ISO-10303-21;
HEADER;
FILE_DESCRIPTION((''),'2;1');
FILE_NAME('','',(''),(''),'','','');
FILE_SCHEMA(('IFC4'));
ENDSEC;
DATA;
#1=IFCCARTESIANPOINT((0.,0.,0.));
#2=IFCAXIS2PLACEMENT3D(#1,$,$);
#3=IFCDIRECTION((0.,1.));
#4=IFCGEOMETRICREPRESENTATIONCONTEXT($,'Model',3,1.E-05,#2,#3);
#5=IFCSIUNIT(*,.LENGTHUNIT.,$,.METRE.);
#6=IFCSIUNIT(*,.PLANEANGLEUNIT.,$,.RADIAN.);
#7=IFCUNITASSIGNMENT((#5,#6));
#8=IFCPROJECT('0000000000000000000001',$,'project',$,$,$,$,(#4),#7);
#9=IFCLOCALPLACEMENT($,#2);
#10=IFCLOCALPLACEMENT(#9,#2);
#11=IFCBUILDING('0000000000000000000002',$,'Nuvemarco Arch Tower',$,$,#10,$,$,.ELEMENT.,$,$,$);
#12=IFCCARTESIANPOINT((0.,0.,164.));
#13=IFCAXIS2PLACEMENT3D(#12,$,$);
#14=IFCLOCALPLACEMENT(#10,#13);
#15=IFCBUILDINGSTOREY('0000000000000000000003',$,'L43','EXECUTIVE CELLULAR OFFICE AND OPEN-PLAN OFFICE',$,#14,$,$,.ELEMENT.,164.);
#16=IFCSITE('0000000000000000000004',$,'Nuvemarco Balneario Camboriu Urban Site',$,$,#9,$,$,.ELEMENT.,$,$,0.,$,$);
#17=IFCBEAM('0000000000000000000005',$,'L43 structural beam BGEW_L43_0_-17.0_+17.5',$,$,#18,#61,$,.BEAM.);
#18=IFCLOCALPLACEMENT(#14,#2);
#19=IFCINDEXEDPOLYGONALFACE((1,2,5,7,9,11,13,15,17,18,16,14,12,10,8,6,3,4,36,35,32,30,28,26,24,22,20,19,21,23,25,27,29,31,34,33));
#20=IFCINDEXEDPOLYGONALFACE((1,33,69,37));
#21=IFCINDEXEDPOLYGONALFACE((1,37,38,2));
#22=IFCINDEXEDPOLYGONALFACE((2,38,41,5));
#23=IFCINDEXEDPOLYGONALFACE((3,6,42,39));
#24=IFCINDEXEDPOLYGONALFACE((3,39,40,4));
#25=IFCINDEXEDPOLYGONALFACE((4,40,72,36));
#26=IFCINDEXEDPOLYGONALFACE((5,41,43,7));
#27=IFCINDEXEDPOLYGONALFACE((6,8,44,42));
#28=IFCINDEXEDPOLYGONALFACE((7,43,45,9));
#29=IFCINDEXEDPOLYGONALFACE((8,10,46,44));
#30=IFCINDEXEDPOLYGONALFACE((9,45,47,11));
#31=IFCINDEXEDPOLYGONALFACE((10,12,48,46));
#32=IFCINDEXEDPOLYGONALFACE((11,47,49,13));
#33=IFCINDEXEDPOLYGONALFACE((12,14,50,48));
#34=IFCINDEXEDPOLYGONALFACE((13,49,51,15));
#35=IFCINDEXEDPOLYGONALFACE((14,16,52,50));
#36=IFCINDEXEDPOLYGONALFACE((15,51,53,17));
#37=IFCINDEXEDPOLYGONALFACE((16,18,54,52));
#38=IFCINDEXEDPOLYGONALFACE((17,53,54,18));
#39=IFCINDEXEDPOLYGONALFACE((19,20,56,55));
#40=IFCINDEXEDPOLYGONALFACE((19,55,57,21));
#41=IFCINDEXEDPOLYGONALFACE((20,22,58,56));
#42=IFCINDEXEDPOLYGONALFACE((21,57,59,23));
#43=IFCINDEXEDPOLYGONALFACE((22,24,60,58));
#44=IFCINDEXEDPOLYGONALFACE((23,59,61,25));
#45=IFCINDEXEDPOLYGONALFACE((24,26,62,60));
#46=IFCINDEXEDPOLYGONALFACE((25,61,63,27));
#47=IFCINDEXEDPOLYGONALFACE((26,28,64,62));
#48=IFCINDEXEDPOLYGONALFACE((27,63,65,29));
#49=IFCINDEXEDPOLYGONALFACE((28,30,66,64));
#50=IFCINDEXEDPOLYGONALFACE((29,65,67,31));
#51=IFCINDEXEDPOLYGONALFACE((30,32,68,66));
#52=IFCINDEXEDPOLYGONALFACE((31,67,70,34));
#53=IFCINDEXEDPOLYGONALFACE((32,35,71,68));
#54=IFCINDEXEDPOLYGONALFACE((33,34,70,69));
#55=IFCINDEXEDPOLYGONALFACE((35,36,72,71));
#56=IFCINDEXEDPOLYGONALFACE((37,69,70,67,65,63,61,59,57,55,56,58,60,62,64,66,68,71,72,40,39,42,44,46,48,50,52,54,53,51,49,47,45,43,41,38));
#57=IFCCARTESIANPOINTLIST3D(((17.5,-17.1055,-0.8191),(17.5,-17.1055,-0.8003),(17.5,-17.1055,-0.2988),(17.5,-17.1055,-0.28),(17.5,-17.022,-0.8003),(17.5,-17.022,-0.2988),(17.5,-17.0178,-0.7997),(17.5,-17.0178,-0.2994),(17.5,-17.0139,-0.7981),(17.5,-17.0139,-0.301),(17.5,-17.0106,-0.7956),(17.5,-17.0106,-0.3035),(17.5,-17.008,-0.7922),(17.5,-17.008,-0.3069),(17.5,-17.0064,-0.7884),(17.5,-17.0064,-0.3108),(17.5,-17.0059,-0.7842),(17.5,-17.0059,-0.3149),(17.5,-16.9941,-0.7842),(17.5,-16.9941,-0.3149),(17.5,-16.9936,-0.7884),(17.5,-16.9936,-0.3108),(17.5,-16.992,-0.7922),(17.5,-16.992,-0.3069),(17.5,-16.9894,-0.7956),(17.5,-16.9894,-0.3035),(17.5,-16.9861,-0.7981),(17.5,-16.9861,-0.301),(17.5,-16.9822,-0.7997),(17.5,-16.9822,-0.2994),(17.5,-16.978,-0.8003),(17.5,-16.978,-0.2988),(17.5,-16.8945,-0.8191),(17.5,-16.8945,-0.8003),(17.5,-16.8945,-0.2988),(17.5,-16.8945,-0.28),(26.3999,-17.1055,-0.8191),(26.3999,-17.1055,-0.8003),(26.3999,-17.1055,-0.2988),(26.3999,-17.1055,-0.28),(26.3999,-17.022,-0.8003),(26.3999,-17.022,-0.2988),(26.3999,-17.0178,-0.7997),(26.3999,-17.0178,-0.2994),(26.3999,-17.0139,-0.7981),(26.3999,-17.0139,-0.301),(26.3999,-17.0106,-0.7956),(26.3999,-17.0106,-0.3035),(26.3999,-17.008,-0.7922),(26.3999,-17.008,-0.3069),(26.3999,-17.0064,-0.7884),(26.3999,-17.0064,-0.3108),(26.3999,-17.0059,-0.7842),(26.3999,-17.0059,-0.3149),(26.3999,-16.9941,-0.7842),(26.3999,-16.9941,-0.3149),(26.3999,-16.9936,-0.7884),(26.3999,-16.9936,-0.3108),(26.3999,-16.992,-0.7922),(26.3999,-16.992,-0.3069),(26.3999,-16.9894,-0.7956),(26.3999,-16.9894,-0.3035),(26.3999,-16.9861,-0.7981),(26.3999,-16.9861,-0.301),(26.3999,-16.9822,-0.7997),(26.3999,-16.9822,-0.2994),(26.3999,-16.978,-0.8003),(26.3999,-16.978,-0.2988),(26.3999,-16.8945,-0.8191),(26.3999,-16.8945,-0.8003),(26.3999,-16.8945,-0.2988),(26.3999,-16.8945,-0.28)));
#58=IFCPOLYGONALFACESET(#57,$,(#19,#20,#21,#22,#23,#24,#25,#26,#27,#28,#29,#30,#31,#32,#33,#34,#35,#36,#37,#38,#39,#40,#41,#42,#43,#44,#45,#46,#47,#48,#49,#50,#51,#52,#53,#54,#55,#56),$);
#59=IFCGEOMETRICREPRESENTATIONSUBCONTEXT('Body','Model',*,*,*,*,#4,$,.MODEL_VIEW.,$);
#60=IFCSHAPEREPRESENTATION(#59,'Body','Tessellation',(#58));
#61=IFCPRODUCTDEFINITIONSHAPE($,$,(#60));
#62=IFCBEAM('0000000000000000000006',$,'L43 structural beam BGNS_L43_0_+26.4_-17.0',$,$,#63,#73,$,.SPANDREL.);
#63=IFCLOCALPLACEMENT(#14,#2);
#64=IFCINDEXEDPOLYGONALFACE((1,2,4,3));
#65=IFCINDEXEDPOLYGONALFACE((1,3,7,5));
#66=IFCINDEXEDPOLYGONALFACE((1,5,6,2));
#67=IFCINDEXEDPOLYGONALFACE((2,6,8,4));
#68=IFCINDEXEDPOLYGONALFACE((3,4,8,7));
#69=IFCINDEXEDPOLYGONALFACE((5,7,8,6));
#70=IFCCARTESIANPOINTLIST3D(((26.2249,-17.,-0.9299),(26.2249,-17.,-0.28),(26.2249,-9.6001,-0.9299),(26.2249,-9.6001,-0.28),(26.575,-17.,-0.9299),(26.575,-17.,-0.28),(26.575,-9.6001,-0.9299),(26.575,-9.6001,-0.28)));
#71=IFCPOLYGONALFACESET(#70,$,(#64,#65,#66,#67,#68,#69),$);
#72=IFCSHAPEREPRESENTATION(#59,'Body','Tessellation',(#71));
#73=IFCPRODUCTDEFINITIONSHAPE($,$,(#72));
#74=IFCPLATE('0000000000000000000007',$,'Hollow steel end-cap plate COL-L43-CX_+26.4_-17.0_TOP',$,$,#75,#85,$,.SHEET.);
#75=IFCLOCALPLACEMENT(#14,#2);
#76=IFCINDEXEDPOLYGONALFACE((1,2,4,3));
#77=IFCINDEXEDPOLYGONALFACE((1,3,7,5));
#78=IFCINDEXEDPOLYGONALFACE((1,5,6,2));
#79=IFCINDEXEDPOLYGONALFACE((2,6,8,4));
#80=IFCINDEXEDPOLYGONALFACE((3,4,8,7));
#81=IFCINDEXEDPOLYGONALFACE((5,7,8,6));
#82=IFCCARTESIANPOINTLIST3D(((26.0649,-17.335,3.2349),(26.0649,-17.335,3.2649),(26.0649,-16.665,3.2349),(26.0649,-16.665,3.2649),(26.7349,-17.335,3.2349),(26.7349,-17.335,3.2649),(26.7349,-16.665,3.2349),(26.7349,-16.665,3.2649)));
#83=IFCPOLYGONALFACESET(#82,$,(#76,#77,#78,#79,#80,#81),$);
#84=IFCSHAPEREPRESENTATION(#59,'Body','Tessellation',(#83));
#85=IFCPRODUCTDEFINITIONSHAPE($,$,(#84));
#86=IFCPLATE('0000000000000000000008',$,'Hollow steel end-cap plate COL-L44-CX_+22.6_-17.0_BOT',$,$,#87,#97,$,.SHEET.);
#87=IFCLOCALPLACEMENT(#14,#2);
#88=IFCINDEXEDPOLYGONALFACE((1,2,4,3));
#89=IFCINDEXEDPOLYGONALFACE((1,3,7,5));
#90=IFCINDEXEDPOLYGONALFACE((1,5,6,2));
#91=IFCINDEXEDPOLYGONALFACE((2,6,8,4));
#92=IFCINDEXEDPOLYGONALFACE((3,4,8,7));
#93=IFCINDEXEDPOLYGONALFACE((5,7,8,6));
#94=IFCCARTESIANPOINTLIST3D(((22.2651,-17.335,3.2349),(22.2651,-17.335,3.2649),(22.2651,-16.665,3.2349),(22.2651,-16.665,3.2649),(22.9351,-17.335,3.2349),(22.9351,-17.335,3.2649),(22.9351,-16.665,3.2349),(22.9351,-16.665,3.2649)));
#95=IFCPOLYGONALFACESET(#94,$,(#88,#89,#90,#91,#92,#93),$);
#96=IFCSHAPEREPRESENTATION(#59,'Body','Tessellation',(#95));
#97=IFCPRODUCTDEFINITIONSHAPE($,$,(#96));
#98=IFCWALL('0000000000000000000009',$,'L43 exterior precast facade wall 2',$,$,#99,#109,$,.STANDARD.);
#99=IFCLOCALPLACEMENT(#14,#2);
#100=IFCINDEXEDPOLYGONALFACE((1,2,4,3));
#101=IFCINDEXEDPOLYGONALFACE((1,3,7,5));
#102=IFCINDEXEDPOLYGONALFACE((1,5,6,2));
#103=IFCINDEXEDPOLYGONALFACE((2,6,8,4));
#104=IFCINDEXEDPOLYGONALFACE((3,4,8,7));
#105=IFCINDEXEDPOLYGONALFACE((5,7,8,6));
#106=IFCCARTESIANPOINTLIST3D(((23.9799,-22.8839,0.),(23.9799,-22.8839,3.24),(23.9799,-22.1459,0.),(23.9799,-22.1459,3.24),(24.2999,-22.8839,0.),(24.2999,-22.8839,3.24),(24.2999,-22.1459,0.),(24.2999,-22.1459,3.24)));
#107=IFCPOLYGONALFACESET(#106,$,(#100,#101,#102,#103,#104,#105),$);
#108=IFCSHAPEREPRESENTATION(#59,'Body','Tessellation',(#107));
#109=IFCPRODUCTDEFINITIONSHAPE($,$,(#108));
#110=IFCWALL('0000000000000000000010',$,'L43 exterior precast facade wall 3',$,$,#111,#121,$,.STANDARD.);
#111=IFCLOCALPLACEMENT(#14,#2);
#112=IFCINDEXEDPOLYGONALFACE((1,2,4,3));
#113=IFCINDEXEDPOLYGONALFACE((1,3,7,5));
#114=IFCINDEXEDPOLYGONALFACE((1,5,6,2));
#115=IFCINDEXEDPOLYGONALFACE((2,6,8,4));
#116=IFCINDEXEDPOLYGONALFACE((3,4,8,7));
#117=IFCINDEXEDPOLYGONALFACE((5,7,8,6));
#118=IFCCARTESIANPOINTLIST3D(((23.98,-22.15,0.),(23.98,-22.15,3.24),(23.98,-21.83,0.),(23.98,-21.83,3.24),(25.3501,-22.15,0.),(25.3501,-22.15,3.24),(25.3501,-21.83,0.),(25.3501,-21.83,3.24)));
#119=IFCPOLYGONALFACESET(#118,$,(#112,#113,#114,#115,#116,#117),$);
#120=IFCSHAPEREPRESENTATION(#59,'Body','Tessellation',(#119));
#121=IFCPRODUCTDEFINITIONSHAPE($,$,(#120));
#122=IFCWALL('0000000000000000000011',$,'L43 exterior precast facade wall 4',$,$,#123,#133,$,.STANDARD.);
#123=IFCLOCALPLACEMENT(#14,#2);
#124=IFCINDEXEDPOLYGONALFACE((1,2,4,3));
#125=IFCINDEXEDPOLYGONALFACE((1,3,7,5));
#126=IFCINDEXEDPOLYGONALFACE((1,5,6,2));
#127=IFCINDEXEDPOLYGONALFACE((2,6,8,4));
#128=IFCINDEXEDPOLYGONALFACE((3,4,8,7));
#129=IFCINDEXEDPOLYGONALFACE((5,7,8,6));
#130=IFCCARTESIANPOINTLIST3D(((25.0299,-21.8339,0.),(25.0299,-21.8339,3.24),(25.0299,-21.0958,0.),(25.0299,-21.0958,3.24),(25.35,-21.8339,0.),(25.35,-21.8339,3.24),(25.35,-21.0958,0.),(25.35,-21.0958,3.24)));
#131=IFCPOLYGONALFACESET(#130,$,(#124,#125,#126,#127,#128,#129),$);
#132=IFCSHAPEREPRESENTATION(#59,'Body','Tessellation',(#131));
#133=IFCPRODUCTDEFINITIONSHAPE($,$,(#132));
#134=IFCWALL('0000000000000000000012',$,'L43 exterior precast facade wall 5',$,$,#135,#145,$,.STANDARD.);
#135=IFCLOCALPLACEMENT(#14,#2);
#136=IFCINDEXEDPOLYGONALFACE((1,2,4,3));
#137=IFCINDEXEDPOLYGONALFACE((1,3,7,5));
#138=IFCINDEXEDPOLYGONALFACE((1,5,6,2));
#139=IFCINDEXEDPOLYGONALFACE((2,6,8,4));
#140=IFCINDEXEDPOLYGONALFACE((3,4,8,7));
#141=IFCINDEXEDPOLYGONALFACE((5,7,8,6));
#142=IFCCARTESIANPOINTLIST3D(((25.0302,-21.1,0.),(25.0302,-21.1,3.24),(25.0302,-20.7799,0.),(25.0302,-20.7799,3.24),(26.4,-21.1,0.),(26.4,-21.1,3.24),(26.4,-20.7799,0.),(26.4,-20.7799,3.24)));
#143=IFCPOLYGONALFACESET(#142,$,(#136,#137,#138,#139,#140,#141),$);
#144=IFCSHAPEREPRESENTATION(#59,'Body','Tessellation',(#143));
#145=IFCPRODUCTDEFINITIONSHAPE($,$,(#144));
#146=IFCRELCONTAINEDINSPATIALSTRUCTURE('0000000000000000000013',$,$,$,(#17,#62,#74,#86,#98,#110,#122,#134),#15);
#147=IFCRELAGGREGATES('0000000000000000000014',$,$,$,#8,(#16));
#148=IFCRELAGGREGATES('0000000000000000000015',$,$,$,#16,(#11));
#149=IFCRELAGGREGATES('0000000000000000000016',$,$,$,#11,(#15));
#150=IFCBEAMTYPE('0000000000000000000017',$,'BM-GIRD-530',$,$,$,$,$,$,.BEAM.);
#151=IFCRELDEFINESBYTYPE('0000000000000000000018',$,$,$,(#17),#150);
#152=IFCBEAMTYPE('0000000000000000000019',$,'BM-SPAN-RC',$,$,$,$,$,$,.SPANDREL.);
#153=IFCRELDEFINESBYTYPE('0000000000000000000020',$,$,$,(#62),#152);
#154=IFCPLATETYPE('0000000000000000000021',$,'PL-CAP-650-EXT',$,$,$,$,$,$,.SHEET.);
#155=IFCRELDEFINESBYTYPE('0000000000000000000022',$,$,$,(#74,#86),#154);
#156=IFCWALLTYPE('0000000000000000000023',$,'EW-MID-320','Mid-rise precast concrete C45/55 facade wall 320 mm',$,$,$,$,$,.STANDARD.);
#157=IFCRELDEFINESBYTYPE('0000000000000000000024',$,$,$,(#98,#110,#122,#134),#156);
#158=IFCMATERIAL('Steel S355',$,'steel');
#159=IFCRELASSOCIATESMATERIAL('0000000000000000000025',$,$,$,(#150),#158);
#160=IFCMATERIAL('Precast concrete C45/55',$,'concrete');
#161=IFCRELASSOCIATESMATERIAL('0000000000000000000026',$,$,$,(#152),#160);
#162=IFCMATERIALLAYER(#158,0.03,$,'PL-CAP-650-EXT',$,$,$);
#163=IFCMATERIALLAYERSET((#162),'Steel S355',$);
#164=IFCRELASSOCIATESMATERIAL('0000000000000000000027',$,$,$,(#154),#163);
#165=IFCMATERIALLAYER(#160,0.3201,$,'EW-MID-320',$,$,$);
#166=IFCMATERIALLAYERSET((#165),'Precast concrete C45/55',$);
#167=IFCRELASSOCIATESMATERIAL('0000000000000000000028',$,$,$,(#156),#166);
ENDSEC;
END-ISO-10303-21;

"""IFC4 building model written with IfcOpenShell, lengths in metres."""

from ifc_helpers import new_model, si_unit, direction, frame, frame_2d, origin, origin_2d, place, context, subcontext, project, spatial, rectangle, i_section, extrude, source, transform, mapped, material, layer, layer_set, material_profile, profile_set, type_object, type_shapes, element, save


model = new_model("IFC4")

# Units and contexts
model_context = context("Model", 3, precision=1e-05, world=origin(), true_north=direction((0.0, 1.0)))
body_context = subcontext(model_context, "Body", "Model", "MODEL_VIEW")
ifc_project = project(units=[si_unit("LENGTHUNIT", "METRE"), si_unit("PLANEANGLEUNIT", "RADIAN")], contexts=[model_context])

# Site, building, storey
site_placement = place(None, origin())
site = spatial("IfcSite", under=ifc_project, at=site_placement, Name="Nuvemarco Balneario Camboriu Urban Site", CompositionType="ELEMENT", RefElevation=0.0)
building_placement = place(site_placement, origin())
building = spatial("IfcBuilding", under=site, at=building_placement, Name="Nuvemarco Arch Tower", CompositionType="ELEMENT")
storey_placement = place(building_placement, frame((0.0, 0.0, 164.0)))
storey = spatial("IfcBuildingStorey", under=building, at=storey_placement, Name="L43", Description="EXECUTIVE CELLULAR OFFICE AND OPEN-PLAN OFFICE", CompositionType="ELEMENT", Elevation=164.0)

# Shared definitions
ifc_material_1 = material(Name="Steel S355", Category="steel")

# Beams
ifc_material_profile_1 = material_profile(ifc_material_1, i_section(OverallWidth=0.2109, OverallDepth=0.5391, WebThickness=0.0117, FlangeThickness=0.0188, FilletRadius=0.0161, at=origin_2d()), Name="W530x109")
ifc_profile_set_1 = profile_set([ifc_material_profile_1], Name="Steel S355")
beam_type_1 = type_object("IfcBeamType", Name="BM-GIRD-530", PredefinedType="BEAM", material=ifc_profile_set_1)
beam_1_placement = place(storey_placement, frame((17.5, -17.0, -0.5496), z_axis=(1.0, 0.0, 0.0), x_axis=(0.0, 1.0, 0.0)))
element("IfcBeam", 1, at=beam_1_placement, inside=storey, type_object=beam_type_1, Name="L43 structural beam BGEW_L43_0_-17.0_+17.5", PredefinedType="BEAM", context=body_context, shape_type="SweptSolid", body=[
    extrude(i_section(OverallWidth=0.2109, OverallDepth=0.5391, WebThickness=0.0117, FlangeThickness=0.0188, FilletRadius=0.0161, at=origin_2d()), origin(), (0.0, 0.0, 1.0), 8.8999),
])
ifc_material_2 = material(Name="Precast concrete C45/55", Category="concrete")
ifc_material_profile_2 = material_profile(ifc_material_2, rectangle(XDim=0.3501, YDim=0.6499, at=origin_2d()), Name="PC-SP-350x650")
ifc_profile_set_2 = profile_set([ifc_material_profile_2], Name="Precast concrete C45/55")
beam_type_2 = type_object("IfcBeamType", Name="BM-SPAN-RC", PredefinedType="SPANDREL", material=ifc_profile_set_2)
beam_2_placement = place(storey_placement, frame((26.3999, -17.0, -0.605), z_axis=(0.0, 1.0, 0.0), x_axis=(-1.0, 0.0, 0.0)))
element("IfcBeam", 2, at=beam_2_placement, inside=storey, type_object=beam_type_2, Name="L43 structural beam BGNS_L43_0_+26.4_-17.0", PredefinedType="SPANDREL", context=body_context, shape_type="SweptSolid", body=[
    extrude(rectangle(XDim=0.3501, YDim=0.6499, at=origin_2d()), origin(), (0.0, 0.0, 1.0), 7.3999),
])

# Plates
ifc_layer_1 = layer(ifc_material_1, 0.03, Name="PL-CAP-650-EXT")
ifc_layer_set_1 = layer_set([ifc_layer_1], Name="Steel S355")
plate_type = type_object("IfcPlateType", Name="PL-CAP-650-EXT", PredefinedType="SHEET", material=ifc_layer_set_1)
shared_shape_1 = source(origin(), body_context, "Body", "SweptSolid", [
    extrude(rectangle(XDim=0.6699, YDim=0.6699, at=origin_2d()), origin(), (0.0, 0.0, 1.0), 0.03),
])
type_shapes(plate_type, [shared_shape_1])
for number, where, z_axis, x_axis, name in (
    (3, (26.3999, -17.0, 3.2349), (0.0, 0.0, 1.0), (1.0, 0.0, 0.0), "Hollow steel end-cap plate COL-L43-CX_+26.4_-17.0_TOP"),
    (4, (22.6001, -17.0, 3.2349), (0.0, 0.0, 1.0), (1.0, 0.0, 0.0), "Hollow steel end-cap plate COL-L44-CX_+22.6_-17.0_BOT"),
):
    element("IfcPlate", number, at=place(storey_placement, frame(where, z_axis=z_axis, x_axis=x_axis)), inside=storey, type_object=plate_type, Name=name, PredefinedType="SHEET", context=body_context, shape_type="MappedRepresentation", body=[
        mapped(shared_shape_1, transform((0.0, 0.0, 0.0), scale=1.0)),
    ])

# Walls
ifc_layer_2 = layer(ifc_material_2, 0.3201, Name="EW-MID-320")
ifc_layer_set_2 = layer_set([ifc_layer_2], Name="Precast concrete C45/55")
wall_type_1 = type_object("IfcWallType", Name="EW-MID-320", Description="Mid-rise precast concrete C45/55 facade wall 320 mm", PredefinedType="STANDARD", material=ifc_layer_set_2)
wall_1_placement = place(storey_placement, frame((24.1399, -22.884, 0.0), z_axis=(0.0, 0.0, 1.0), x_axis=(0.0, 1.0, 0.0)))
element("IfcWall", 5, at=wall_1_placement, inside=storey, type_object=wall_type_1, Name="L43 exterior precast facade wall 2", PredefinedType="STANDARD", context=body_context, shape_type="SweptSolid", body=[
    extrude(rectangle(XDim=0.738, YDim=0.3201, at=frame_2d((0.3691, 0.0))), origin(), (0.0, 0.0, 1.0), 3.24),
])
wall_2_placement = place(storey_placement, frame((23.98, -21.99, 0.0), z_axis=(0.0, 0.0, 1.0), x_axis=(1.0, 0.0, 0.0)))
element("IfcWall", 6, at=wall_2_placement, inside=storey, type_object=wall_type_1, Name="L43 exterior precast facade wall 3", PredefinedType="STANDARD", context=body_context, shape_type="SweptSolid", body=[
    extrude(rectangle(XDim=1.3701, YDim=0.3201, at=frame_2d((0.6851, 0.0))), origin(), (0.0, 0.0, 1.0), 3.24),
])
wall_3_placement = place(storey_placement, frame((25.1899, -21.834, 0.0), z_axis=(0.0, 0.0, 1.0), x_axis=(0.0, 1.0, 0.0)))
element("IfcWall", 7, at=wall_3_placement, inside=storey, type_object=wall_type_1, Name="L43 exterior precast facade wall 4", PredefinedType="STANDARD", context=body_context, shape_type="SweptSolid", body=[
    extrude(rectangle(XDim=0.738, YDim=0.3201, at=frame_2d((0.3691, 0.0))), origin(), (0.0, 0.0, 1.0), 3.24),
])
wall_4_placement = place(storey_placement, frame((25.03, -20.9399, 0.0), z_axis=(0.0, 0.0, 1.0), x_axis=(1.0, 0.0, 0.0)))
element("IfcWall", 8, at=wall_4_placement, inside=storey, type_object=wall_type_1, Name="L43 exterior precast facade wall 5", PredefinedType="STANDARD", context=body_context, shape_type="SweptSolid", body=[
    extrude(rectangle(XDim=1.3699, YDim=0.3201, at=frame_2d((0.6851, 0.0))), origin(), (0.0, 0.0, 1.0), 3.24),
])

save(model, "model.ifc")
